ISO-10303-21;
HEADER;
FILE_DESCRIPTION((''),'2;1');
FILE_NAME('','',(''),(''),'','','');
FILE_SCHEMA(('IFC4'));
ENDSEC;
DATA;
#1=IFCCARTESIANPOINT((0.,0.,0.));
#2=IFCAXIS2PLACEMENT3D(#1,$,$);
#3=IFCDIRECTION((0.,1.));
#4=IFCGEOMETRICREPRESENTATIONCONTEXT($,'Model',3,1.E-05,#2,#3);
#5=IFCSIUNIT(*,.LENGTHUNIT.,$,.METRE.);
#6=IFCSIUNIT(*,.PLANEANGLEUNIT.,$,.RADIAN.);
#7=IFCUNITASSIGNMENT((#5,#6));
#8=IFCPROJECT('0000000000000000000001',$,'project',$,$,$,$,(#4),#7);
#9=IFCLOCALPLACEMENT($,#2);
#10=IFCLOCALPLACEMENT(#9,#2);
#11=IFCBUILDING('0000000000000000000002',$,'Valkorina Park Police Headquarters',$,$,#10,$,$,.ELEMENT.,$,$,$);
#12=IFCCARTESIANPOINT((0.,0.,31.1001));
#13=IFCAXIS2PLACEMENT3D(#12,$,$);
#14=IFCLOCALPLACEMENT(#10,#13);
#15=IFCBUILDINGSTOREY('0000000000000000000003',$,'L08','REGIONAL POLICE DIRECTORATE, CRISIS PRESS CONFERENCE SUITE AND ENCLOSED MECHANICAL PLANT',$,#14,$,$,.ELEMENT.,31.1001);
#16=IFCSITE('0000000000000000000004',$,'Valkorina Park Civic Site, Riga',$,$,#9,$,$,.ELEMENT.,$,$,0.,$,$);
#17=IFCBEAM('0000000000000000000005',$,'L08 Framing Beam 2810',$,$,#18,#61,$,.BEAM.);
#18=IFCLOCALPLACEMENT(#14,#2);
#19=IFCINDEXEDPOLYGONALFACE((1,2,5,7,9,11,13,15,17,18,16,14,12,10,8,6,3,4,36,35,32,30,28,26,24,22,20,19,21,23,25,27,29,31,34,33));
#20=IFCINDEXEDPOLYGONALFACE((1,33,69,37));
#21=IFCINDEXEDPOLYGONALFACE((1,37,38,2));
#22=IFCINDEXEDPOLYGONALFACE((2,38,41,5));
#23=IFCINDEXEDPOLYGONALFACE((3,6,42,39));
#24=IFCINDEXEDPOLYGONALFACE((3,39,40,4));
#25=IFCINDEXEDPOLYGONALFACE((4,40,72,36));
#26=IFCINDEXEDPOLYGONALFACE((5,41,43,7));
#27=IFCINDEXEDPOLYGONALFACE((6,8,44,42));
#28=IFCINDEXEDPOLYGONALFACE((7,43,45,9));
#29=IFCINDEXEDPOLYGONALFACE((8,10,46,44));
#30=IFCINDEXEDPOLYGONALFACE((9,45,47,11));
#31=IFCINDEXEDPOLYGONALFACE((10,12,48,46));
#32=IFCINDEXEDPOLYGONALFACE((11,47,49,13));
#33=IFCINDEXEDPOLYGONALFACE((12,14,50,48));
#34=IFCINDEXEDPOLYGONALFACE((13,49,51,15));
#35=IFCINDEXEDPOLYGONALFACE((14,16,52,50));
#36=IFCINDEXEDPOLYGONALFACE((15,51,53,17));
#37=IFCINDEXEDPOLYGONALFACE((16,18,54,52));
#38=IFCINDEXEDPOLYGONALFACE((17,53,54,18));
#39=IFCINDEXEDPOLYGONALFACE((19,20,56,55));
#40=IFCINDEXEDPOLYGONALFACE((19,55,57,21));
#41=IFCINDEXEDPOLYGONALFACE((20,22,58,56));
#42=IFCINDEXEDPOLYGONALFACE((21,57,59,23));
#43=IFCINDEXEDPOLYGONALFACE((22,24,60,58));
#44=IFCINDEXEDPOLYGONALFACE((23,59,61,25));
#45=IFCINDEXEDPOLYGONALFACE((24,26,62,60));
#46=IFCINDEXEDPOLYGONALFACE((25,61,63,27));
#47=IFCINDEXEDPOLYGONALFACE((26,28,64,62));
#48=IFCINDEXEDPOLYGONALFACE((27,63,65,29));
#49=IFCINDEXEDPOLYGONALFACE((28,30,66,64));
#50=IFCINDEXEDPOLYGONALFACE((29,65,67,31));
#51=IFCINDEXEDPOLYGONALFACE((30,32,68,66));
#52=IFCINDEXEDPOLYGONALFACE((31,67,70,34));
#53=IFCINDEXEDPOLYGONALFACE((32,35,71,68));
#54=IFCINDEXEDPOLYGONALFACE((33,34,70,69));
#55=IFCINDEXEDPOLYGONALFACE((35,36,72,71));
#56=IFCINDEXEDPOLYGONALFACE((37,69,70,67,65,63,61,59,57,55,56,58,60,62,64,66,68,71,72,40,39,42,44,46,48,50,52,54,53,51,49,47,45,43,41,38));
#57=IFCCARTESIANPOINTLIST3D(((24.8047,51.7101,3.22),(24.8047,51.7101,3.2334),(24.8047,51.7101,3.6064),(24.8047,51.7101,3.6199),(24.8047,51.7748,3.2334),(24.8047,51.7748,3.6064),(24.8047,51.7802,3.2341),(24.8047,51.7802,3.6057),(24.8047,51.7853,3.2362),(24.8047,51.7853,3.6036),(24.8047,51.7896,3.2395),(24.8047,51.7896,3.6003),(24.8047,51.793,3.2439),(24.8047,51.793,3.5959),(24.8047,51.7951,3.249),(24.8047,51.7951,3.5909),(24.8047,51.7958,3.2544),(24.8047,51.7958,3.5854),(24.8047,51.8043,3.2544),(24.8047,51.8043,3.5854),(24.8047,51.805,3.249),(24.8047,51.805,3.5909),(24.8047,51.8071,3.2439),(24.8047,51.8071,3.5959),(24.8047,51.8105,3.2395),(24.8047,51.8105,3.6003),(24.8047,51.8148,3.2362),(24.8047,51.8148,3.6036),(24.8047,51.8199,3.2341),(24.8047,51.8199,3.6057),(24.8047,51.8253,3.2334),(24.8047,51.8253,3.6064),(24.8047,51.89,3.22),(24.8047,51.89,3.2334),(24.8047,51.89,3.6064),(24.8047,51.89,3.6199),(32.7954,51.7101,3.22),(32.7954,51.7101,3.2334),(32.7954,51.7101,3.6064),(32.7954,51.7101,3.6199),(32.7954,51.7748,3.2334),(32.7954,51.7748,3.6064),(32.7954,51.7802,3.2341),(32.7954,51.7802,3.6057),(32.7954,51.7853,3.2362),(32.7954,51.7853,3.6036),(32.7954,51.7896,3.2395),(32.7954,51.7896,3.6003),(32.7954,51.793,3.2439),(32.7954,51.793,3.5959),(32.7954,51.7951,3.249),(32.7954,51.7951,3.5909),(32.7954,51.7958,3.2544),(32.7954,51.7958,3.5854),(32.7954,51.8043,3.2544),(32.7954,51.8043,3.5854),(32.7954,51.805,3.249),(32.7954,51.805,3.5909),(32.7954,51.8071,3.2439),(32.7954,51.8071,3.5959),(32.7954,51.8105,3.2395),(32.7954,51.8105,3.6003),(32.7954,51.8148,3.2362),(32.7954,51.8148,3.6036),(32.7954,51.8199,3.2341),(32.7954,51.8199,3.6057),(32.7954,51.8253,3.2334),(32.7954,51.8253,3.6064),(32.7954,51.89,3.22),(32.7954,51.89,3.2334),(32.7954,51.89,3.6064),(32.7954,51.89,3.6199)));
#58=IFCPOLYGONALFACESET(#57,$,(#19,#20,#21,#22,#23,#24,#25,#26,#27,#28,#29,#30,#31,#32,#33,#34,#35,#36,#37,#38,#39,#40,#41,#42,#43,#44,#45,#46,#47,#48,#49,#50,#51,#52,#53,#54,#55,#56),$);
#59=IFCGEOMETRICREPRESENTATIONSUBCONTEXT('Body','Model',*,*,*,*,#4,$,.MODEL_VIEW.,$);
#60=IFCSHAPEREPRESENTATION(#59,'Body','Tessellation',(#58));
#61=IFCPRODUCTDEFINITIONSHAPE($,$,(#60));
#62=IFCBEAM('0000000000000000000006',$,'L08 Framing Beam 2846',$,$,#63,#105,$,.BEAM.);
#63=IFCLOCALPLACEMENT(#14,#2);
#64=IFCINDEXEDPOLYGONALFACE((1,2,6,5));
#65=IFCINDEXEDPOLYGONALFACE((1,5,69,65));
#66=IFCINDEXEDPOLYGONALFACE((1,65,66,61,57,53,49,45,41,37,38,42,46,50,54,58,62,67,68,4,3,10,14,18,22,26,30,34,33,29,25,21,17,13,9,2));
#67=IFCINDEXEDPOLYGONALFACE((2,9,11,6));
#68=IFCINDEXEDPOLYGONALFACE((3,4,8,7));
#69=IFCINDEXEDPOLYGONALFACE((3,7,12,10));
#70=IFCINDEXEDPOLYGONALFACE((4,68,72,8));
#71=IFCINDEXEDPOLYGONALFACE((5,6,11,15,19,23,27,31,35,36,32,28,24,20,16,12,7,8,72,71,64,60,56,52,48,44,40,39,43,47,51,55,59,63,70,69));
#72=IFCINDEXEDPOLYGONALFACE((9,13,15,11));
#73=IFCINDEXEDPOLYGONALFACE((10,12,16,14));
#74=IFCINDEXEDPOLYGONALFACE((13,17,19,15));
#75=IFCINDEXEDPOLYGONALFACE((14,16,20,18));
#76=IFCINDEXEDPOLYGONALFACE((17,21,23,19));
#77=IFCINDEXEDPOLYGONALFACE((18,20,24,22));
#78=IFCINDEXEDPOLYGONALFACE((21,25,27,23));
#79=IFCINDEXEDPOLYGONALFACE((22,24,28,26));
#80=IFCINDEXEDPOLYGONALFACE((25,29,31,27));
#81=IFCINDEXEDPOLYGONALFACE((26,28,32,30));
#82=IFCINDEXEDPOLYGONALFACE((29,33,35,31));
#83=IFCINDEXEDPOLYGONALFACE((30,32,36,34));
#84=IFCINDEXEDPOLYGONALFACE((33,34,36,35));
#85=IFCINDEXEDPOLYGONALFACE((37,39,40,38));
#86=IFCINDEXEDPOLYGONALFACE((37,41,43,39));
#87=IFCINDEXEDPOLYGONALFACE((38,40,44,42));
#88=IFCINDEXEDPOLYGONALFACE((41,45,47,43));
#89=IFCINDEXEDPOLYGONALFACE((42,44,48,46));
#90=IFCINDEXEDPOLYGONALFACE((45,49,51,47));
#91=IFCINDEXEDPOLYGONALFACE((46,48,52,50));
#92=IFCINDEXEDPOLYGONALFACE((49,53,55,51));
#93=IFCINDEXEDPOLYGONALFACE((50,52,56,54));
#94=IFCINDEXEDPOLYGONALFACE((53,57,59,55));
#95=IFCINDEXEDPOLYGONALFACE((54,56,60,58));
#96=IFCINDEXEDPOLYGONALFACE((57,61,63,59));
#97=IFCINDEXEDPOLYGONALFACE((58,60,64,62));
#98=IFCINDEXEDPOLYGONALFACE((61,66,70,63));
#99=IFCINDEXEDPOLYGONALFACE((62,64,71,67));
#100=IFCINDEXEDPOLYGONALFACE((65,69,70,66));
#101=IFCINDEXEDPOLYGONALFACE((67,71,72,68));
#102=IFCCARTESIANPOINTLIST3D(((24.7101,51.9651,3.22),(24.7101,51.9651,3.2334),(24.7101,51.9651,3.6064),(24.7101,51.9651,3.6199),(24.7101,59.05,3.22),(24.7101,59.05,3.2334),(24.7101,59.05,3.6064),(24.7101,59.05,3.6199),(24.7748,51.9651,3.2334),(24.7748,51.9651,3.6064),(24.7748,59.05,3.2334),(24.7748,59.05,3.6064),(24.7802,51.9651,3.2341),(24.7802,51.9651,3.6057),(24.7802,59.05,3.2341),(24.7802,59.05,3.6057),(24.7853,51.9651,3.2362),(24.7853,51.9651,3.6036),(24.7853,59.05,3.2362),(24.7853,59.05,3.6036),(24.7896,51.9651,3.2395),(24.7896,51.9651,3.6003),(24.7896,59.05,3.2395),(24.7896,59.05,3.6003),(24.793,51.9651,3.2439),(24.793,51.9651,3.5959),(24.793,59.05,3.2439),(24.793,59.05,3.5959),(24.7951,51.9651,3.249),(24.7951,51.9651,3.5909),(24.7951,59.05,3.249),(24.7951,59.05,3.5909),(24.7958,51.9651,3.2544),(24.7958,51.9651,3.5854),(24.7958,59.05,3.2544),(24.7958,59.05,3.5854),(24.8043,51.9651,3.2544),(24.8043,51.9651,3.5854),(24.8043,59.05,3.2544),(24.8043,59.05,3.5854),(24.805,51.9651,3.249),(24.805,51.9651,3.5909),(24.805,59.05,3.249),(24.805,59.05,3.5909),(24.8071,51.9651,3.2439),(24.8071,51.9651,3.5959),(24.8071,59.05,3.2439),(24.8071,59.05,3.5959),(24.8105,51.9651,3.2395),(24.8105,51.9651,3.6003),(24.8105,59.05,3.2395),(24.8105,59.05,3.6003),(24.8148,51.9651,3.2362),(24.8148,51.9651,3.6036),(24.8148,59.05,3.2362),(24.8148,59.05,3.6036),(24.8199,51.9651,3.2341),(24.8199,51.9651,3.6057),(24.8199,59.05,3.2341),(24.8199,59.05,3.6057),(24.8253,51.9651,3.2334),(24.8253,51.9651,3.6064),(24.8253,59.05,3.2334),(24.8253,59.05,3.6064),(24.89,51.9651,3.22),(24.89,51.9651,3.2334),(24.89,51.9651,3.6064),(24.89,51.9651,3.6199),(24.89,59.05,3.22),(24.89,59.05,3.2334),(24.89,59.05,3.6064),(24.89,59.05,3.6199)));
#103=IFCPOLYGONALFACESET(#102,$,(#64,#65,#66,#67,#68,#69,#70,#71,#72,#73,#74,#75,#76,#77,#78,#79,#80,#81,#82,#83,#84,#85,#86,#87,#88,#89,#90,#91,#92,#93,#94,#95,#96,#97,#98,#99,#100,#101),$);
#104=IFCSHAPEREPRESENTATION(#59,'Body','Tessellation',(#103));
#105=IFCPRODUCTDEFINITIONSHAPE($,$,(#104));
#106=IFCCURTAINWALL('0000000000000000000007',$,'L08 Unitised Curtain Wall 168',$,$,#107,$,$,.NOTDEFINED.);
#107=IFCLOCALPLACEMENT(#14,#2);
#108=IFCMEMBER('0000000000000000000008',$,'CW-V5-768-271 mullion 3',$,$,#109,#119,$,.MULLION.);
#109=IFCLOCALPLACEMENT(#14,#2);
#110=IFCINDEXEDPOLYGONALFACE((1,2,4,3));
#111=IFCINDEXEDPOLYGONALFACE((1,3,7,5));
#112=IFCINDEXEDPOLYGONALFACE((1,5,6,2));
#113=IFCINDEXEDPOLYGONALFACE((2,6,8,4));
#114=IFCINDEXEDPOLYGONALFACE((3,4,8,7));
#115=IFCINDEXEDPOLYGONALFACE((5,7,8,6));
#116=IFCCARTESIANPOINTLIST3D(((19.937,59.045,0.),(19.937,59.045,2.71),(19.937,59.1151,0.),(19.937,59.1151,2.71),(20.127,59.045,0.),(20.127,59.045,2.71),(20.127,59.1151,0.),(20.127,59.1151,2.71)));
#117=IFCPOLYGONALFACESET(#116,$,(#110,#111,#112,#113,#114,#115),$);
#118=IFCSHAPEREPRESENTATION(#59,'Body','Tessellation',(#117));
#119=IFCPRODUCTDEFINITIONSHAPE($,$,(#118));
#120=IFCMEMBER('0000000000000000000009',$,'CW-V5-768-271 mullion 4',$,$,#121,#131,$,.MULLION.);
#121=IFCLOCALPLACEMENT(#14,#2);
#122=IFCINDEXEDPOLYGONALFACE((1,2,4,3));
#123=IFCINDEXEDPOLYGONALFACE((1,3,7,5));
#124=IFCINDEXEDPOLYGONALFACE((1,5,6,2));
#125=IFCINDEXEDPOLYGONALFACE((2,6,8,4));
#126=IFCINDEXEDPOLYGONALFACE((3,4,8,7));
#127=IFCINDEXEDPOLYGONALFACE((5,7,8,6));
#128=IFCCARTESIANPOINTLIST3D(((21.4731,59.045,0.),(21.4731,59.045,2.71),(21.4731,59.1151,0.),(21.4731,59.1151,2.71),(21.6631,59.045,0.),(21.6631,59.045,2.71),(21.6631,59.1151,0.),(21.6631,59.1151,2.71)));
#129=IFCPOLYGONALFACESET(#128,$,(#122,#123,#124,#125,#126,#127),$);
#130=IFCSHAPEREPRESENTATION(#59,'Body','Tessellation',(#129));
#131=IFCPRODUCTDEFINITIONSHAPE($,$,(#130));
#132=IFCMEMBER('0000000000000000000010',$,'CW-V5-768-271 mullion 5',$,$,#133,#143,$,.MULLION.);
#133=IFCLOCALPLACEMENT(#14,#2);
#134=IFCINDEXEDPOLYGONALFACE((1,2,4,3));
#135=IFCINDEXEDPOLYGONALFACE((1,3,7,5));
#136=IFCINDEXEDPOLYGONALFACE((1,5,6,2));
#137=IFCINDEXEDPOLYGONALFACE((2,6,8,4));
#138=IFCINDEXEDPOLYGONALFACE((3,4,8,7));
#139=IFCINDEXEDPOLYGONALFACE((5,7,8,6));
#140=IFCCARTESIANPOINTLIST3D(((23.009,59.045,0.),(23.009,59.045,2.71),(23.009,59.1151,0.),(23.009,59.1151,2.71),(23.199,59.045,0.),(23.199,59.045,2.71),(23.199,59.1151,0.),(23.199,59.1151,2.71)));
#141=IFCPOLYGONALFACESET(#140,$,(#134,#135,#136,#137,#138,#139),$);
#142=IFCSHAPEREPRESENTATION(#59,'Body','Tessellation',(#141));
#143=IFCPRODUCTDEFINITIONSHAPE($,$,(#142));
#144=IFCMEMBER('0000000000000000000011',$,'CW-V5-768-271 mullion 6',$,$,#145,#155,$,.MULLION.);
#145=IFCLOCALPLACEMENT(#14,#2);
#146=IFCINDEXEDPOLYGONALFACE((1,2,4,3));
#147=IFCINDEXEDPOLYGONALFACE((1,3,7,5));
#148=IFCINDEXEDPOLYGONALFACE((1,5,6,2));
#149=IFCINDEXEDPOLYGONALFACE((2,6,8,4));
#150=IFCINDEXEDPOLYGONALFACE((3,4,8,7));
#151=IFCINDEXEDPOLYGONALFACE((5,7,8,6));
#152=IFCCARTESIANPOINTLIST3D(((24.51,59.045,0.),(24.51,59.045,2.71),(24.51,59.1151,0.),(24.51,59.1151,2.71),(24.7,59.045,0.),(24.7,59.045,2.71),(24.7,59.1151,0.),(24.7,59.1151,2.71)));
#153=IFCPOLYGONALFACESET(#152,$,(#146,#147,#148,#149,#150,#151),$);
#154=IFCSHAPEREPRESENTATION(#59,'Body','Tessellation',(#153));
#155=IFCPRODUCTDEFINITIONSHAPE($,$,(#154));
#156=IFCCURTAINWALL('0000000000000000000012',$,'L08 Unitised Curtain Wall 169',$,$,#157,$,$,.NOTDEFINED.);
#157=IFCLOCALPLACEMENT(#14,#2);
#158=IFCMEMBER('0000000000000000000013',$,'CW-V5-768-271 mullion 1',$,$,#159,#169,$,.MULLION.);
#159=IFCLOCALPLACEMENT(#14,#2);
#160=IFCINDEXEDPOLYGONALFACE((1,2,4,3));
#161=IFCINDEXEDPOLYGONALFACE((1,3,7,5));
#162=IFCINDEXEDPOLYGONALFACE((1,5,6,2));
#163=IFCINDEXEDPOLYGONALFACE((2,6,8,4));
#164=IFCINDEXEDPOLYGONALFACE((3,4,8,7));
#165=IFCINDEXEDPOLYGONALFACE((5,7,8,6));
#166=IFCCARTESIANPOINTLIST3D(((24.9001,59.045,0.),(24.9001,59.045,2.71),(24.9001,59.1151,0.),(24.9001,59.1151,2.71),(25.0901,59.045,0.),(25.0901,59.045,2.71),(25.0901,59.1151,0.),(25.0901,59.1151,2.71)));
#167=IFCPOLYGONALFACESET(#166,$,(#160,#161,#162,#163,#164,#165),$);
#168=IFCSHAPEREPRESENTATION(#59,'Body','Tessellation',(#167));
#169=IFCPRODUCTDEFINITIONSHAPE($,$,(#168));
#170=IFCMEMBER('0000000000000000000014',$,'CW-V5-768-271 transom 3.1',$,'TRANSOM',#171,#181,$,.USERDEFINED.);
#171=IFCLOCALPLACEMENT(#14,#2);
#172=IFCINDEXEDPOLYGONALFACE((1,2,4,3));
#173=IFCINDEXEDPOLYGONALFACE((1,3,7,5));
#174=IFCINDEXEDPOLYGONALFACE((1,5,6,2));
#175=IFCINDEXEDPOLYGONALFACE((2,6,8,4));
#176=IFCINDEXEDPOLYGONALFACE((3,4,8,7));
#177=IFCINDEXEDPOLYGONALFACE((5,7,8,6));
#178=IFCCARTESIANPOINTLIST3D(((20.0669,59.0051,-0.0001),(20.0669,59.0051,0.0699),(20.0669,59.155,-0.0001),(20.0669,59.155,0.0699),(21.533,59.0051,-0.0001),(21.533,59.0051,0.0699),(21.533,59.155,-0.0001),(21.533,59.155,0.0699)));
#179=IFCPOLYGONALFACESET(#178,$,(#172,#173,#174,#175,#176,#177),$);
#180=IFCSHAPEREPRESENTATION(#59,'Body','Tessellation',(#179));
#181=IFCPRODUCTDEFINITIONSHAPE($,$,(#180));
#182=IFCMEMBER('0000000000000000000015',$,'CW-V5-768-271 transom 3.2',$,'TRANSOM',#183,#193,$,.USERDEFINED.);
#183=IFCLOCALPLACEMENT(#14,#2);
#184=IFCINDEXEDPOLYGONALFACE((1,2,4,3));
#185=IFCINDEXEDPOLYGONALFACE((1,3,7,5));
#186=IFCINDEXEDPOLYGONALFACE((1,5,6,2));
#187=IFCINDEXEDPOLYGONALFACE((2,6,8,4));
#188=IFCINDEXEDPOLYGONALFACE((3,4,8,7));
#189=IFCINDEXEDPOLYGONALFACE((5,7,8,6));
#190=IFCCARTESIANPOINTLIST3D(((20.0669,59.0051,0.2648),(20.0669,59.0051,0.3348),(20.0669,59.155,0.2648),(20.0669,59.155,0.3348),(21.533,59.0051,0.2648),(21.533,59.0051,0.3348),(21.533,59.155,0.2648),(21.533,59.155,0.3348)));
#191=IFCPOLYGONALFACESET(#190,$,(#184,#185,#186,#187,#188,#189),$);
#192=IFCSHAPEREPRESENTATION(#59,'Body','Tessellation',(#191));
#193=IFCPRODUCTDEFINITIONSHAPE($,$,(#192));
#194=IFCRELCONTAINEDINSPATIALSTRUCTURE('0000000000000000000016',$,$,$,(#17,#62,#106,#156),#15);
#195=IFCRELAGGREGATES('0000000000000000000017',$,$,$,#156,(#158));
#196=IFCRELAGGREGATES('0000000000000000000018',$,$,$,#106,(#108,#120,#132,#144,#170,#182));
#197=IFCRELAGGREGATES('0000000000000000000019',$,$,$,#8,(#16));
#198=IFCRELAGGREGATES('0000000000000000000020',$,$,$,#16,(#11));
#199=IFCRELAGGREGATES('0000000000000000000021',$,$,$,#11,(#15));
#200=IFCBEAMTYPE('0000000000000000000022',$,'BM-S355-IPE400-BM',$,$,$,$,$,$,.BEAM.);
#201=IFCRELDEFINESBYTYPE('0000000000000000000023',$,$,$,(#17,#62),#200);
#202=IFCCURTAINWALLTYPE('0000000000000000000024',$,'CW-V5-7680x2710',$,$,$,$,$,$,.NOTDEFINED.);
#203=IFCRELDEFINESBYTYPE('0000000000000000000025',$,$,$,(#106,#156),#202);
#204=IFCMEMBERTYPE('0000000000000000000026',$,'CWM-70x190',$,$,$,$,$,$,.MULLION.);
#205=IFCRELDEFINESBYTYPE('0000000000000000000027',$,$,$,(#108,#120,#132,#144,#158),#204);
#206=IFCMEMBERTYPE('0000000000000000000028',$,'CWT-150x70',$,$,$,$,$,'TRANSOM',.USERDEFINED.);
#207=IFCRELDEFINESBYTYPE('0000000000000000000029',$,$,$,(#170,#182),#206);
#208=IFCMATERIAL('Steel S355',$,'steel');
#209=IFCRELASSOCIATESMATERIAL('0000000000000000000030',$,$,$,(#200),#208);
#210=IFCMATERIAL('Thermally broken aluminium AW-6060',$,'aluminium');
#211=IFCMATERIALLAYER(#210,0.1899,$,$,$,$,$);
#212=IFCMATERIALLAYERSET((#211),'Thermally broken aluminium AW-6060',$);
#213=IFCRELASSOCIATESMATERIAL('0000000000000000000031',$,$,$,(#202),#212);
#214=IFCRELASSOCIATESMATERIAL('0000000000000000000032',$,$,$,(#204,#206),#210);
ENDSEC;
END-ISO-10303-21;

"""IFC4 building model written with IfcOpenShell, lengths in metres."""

from ifc_helpers import new_model, si_unit, direction, frame, origin, origin_2d, place, context, subcontext, project, spatial, rectangle, i_section, extrude, material, layer, layer_set, material_profile, profile_set, type_object, element, aggregate, save


model = new_model("IFC4")

# Units and contexts
model_context = context("Model", 3, precision=1e-05, world=origin(), true_north=direction((0.0, 1.0)))
body_context = subcontext(model_context, "Body", "Model", "MODEL_VIEW")
ifc_project = project(units=[si_unit("LENGTHUNIT", "METRE"), si_unit("PLANEANGLEUNIT", "RADIAN")], contexts=[model_context])

# Site, building, storey
site_placement = place(None, origin())
site = spatial("IfcSite", under=ifc_project, at=site_placement, Name="Valkorina Park Civic Site, Riga", CompositionType="ELEMENT", RefElevation=0.0)
building_placement = place(site_placement, origin())
building = spatial("IfcBuilding", under=site, at=building_placement, Name="Valkorina Park Police Headquarters", CompositionType="ELEMENT")
storey_placement = place(building_placement, frame((0.0, 0.0, 31.1001)))
storey = spatial("IfcBuildingStorey", under=building, at=storey_placement, Name="L08", Description="REGIONAL POLICE DIRECTORATE, CRISIS PRESS CONFERENCE SUITE AND ENCLOSED MECHANICAL PLANT", CompositionType="ELEMENT", Elevation=31.1001)

# Shared definitions
ifc_material_1 = material(Name="Steel S355", Category="steel")

# Beams
ifc_material_profile_1 = material_profile(ifc_material_1, i_section(OverallWidth=0.1799, OverallDepth=0.3999, WebThickness=0.0085, FlangeThickness=0.0134, FilletRadius=0.021, at=origin_2d()), Name="IPE 400")
ifc_profile_set_1 = profile_set([ifc_material_profile_1], Name="Steel S355")
beam_type_1 = type_object("IfcBeamType", Name="BM-S355-IPE400-BM", PredefinedType="BEAM", material=ifc_profile_set_1)
beam_1_placement = place(storey_placement, frame((24.8047, 51.8, 3.4199), z_axis=(1.0, 0.0, 0.0), x_axis=(0.0, 1.0, 0.0)))
element("IfcBeam", 1, at=beam_1_placement, inside=storey, type_object=beam_type_1, Name="L08 Framing Beam 2810", PredefinedType="BEAM", context=body_context, shape_type="SweptSolid", body=[
    extrude(i_section(OverallWidth=0.1799, OverallDepth=0.3999, WebThickness=0.0085, FlangeThickness=0.0134, FilletRadius=0.021, at=origin_2d()), origin(), (0.0, 0.0, 1.0), 7.9907),
])
beam_2_placement = place(storey_placement, frame((24.8, 51.9651, 3.4199), z_axis=(0.0, 1.0, 0.0), x_axis=(-1.0, 0.0, 0.0)))
element("IfcBeam", 2, at=beam_2_placement, inside=storey, type_object=beam_type_1, Name="L08 Framing Beam 2846", PredefinedType="BEAM", context=body_context, shape_type="SweptSolid", body=[
    extrude(i_section(OverallWidth=0.1799, OverallDepth=0.3999, WebThickness=0.0085, FlangeThickness=0.0134, FilletRadius=0.021, at=origin_2d()), origin(), (0.0, 0.0, 1.0), 7.085),
])

# Curtain wall, members
ifc_material_2 = material(Name="Thermally broken aluminium AW-6060", Category="aluminium")
ifc_layer_1 = layer(ifc_material_2, 0.1899)
ifc_layer_set_1 = layer_set([ifc_layer_1], Name="Thermally broken aluminium AW-6060")
curtain_wall_type = type_object("IfcCurtainWallType", Name="CW-V5-7680x2710", PredefinedType="NOTDEFINED", material=ifc_layer_set_1)
curtain_wall_1_placement = place(storey_placement, origin())
curtain_wall_1 = element("IfcCurtainWall", 3, at=curtain_wall_1_placement, inside=storey, type_object=curtain_wall_type, Name="L08 Unitised Curtain Wall 168", PredefinedType="NOTDEFINED")
ifc_material_profile_2 = material_profile(ifc_material_2, rectangle(XDim=0.0701, YDim=0.1899, at=origin_2d()), Name="CWM-02 70x190")
ifc_profile_set_2 = profile_set([ifc_material_profile_2], Name="Thermally broken aluminium AW-6060")
member_type_1 = type_object("IfcMemberType", Name="CWM-70x190", PredefinedType="MULLION", material=ifc_profile_set_2)
member_1_placement = place(storey_placement, frame((20.032, 59.0801, 0.0), z_axis=(0.0, 0.0, 1.0), x_axis=(0.0, 1.0, 0.0)))
member_1 = element("IfcMember", 4, at=member_1_placement, type_object=member_type_1, Name="CW-V5-768-271 mullion 3", PredefinedType="MULLION", context=body_context, shape_type="SweptSolid", body=[
    extrude(rectangle(XDim=0.0701, YDim=0.1899, at=origin_2d()), origin(), (0.0, 0.0, 1.0), 2.71),
])
member_2_placement = place(storey_placement, frame((21.5681, 59.0801, 0.0), z_axis=(0.0, 0.0, 1.0), x_axis=(0.0, 1.0, 0.0)))
member_2 = element("IfcMember", 5, at=member_2_placement, type_object=member_type_1, Name="CW-V5-768-271 mullion 4", PredefinedType="MULLION", context=body_context, shape_type="SweptSolid", body=[
    extrude(rectangle(XDim=0.0701, YDim=0.1899, at=origin_2d()), origin(), (0.0, 0.0, 1.0), 2.71),
])
member_3_placement = place(storey_placement, frame((23.104, 59.0801, 0.0), z_axis=(0.0, 0.0, 1.0), x_axis=(0.0, 1.0, 0.0)))
member_3 = element("IfcMember", 6, at=member_3_placement, type_object=member_type_1, Name="CW-V5-768-271 mullion 5", PredefinedType="MULLION", context=body_context, shape_type="SweptSolid", body=[
    extrude(rectangle(XDim=0.0701, YDim=0.1899, at=origin_2d()), origin(), (0.0, 0.0, 1.0), 2.71),
])
member_4_placement = place(storey_placement, frame((24.605, 59.0801, 0.0), z_axis=(0.0, 0.0, 1.0), x_axis=(0.0, 1.0, 0.0)))
member_4 = element("IfcMember", 7, at=member_4_placement, type_object=member_type_1, Name="CW-V5-768-271 mullion 6", PredefinedType="MULLION", context=body_context, shape_type="SweptSolid", body=[
    extrude(rectangle(XDim=0.0701, YDim=0.1899, at=origin_2d()), origin(), (0.0, 0.0, 1.0), 2.71),
])

# Curtain wall, member
curtain_wall_2_placement = place(storey_placement, origin())
curtain_wall_2 = element("IfcCurtainWall", 8, at=curtain_wall_2_placement, inside=storey, type_object=curtain_wall_type, Name="L08 Unitised Curtain Wall 169", PredefinedType="NOTDEFINED")
member_5_placement = place(storey_placement, frame((24.9951, 59.0801, 0.0), z_axis=(0.0, 0.0, 1.0), x_axis=(0.0, 1.0, 0.0)))
member_5 = element("IfcMember", 9, at=member_5_placement, type_object=member_type_1, Name="CW-V5-768-271 mullion 1", PredefinedType="MULLION", context=body_context, shape_type="SweptSolid", body=[
    extrude(rectangle(XDim=0.0701, YDim=0.1899, at=origin_2d()), origin(), (0.0, 0.0, 1.0), 2.71),
])
aggregate(curtain_wall_2, [member_5])

# Members
ifc_material_profile_3 = material_profile(ifc_material_2, rectangle(XDim=0.1499, YDim=0.0701, at=origin_2d()), Name="CWT-02 150x70")
ifc_profile_set_3 = profile_set([ifc_material_profile_3], Name="Thermally broken aluminium AW-6060")
member_type_2 = type_object("IfcMemberType", Name="CWT-150x70", ElementType="TRANSOM", PredefinedType="USERDEFINED", material=ifc_profile_set_3)
member_6_placement = place(storey_placement, frame((20.0669, 59.0801, 0.0349), z_axis=(1.0, 0.0, 0.0), x_axis=(0.0, 1.0, 0.0)))
member_6 = element("IfcMember", 10, at=member_6_placement, type_object=member_type_2, Name="CW-V5-768-271 transom 3.1", ObjectType="TRANSOM", PredefinedType="USERDEFINED", context=body_context, shape_type="SweptSolid", body=[
    extrude(rectangle(XDim=0.1499, YDim=0.0701, at=origin_2d()), origin(), (0.0, 0.0, 1.0), 1.4661),
])
member_7_placement = place(storey_placement, frame((20.0669, 59.0801, 0.2998), z_axis=(1.0, 0.0, 0.0), x_axis=(0.0, 1.0, 0.0)))
member_7 = element("IfcMember", 11, at=member_7_placement, type_object=member_type_2, Name="CW-V5-768-271 transom 3.2", ObjectType="TRANSOM", PredefinedType="USERDEFINED", context=body_context, shape_type="SweptSolid", body=[
    extrude(rectangle(XDim=0.1499, YDim=0.0701, at=origin_2d()), origin(), (0.0, 0.0, 1.0), 1.4661),
])

aggregate(curtain_wall_1, [member_1, member_2, member_3, member_4, member_6, member_7])

save(model, "model.ifc")
